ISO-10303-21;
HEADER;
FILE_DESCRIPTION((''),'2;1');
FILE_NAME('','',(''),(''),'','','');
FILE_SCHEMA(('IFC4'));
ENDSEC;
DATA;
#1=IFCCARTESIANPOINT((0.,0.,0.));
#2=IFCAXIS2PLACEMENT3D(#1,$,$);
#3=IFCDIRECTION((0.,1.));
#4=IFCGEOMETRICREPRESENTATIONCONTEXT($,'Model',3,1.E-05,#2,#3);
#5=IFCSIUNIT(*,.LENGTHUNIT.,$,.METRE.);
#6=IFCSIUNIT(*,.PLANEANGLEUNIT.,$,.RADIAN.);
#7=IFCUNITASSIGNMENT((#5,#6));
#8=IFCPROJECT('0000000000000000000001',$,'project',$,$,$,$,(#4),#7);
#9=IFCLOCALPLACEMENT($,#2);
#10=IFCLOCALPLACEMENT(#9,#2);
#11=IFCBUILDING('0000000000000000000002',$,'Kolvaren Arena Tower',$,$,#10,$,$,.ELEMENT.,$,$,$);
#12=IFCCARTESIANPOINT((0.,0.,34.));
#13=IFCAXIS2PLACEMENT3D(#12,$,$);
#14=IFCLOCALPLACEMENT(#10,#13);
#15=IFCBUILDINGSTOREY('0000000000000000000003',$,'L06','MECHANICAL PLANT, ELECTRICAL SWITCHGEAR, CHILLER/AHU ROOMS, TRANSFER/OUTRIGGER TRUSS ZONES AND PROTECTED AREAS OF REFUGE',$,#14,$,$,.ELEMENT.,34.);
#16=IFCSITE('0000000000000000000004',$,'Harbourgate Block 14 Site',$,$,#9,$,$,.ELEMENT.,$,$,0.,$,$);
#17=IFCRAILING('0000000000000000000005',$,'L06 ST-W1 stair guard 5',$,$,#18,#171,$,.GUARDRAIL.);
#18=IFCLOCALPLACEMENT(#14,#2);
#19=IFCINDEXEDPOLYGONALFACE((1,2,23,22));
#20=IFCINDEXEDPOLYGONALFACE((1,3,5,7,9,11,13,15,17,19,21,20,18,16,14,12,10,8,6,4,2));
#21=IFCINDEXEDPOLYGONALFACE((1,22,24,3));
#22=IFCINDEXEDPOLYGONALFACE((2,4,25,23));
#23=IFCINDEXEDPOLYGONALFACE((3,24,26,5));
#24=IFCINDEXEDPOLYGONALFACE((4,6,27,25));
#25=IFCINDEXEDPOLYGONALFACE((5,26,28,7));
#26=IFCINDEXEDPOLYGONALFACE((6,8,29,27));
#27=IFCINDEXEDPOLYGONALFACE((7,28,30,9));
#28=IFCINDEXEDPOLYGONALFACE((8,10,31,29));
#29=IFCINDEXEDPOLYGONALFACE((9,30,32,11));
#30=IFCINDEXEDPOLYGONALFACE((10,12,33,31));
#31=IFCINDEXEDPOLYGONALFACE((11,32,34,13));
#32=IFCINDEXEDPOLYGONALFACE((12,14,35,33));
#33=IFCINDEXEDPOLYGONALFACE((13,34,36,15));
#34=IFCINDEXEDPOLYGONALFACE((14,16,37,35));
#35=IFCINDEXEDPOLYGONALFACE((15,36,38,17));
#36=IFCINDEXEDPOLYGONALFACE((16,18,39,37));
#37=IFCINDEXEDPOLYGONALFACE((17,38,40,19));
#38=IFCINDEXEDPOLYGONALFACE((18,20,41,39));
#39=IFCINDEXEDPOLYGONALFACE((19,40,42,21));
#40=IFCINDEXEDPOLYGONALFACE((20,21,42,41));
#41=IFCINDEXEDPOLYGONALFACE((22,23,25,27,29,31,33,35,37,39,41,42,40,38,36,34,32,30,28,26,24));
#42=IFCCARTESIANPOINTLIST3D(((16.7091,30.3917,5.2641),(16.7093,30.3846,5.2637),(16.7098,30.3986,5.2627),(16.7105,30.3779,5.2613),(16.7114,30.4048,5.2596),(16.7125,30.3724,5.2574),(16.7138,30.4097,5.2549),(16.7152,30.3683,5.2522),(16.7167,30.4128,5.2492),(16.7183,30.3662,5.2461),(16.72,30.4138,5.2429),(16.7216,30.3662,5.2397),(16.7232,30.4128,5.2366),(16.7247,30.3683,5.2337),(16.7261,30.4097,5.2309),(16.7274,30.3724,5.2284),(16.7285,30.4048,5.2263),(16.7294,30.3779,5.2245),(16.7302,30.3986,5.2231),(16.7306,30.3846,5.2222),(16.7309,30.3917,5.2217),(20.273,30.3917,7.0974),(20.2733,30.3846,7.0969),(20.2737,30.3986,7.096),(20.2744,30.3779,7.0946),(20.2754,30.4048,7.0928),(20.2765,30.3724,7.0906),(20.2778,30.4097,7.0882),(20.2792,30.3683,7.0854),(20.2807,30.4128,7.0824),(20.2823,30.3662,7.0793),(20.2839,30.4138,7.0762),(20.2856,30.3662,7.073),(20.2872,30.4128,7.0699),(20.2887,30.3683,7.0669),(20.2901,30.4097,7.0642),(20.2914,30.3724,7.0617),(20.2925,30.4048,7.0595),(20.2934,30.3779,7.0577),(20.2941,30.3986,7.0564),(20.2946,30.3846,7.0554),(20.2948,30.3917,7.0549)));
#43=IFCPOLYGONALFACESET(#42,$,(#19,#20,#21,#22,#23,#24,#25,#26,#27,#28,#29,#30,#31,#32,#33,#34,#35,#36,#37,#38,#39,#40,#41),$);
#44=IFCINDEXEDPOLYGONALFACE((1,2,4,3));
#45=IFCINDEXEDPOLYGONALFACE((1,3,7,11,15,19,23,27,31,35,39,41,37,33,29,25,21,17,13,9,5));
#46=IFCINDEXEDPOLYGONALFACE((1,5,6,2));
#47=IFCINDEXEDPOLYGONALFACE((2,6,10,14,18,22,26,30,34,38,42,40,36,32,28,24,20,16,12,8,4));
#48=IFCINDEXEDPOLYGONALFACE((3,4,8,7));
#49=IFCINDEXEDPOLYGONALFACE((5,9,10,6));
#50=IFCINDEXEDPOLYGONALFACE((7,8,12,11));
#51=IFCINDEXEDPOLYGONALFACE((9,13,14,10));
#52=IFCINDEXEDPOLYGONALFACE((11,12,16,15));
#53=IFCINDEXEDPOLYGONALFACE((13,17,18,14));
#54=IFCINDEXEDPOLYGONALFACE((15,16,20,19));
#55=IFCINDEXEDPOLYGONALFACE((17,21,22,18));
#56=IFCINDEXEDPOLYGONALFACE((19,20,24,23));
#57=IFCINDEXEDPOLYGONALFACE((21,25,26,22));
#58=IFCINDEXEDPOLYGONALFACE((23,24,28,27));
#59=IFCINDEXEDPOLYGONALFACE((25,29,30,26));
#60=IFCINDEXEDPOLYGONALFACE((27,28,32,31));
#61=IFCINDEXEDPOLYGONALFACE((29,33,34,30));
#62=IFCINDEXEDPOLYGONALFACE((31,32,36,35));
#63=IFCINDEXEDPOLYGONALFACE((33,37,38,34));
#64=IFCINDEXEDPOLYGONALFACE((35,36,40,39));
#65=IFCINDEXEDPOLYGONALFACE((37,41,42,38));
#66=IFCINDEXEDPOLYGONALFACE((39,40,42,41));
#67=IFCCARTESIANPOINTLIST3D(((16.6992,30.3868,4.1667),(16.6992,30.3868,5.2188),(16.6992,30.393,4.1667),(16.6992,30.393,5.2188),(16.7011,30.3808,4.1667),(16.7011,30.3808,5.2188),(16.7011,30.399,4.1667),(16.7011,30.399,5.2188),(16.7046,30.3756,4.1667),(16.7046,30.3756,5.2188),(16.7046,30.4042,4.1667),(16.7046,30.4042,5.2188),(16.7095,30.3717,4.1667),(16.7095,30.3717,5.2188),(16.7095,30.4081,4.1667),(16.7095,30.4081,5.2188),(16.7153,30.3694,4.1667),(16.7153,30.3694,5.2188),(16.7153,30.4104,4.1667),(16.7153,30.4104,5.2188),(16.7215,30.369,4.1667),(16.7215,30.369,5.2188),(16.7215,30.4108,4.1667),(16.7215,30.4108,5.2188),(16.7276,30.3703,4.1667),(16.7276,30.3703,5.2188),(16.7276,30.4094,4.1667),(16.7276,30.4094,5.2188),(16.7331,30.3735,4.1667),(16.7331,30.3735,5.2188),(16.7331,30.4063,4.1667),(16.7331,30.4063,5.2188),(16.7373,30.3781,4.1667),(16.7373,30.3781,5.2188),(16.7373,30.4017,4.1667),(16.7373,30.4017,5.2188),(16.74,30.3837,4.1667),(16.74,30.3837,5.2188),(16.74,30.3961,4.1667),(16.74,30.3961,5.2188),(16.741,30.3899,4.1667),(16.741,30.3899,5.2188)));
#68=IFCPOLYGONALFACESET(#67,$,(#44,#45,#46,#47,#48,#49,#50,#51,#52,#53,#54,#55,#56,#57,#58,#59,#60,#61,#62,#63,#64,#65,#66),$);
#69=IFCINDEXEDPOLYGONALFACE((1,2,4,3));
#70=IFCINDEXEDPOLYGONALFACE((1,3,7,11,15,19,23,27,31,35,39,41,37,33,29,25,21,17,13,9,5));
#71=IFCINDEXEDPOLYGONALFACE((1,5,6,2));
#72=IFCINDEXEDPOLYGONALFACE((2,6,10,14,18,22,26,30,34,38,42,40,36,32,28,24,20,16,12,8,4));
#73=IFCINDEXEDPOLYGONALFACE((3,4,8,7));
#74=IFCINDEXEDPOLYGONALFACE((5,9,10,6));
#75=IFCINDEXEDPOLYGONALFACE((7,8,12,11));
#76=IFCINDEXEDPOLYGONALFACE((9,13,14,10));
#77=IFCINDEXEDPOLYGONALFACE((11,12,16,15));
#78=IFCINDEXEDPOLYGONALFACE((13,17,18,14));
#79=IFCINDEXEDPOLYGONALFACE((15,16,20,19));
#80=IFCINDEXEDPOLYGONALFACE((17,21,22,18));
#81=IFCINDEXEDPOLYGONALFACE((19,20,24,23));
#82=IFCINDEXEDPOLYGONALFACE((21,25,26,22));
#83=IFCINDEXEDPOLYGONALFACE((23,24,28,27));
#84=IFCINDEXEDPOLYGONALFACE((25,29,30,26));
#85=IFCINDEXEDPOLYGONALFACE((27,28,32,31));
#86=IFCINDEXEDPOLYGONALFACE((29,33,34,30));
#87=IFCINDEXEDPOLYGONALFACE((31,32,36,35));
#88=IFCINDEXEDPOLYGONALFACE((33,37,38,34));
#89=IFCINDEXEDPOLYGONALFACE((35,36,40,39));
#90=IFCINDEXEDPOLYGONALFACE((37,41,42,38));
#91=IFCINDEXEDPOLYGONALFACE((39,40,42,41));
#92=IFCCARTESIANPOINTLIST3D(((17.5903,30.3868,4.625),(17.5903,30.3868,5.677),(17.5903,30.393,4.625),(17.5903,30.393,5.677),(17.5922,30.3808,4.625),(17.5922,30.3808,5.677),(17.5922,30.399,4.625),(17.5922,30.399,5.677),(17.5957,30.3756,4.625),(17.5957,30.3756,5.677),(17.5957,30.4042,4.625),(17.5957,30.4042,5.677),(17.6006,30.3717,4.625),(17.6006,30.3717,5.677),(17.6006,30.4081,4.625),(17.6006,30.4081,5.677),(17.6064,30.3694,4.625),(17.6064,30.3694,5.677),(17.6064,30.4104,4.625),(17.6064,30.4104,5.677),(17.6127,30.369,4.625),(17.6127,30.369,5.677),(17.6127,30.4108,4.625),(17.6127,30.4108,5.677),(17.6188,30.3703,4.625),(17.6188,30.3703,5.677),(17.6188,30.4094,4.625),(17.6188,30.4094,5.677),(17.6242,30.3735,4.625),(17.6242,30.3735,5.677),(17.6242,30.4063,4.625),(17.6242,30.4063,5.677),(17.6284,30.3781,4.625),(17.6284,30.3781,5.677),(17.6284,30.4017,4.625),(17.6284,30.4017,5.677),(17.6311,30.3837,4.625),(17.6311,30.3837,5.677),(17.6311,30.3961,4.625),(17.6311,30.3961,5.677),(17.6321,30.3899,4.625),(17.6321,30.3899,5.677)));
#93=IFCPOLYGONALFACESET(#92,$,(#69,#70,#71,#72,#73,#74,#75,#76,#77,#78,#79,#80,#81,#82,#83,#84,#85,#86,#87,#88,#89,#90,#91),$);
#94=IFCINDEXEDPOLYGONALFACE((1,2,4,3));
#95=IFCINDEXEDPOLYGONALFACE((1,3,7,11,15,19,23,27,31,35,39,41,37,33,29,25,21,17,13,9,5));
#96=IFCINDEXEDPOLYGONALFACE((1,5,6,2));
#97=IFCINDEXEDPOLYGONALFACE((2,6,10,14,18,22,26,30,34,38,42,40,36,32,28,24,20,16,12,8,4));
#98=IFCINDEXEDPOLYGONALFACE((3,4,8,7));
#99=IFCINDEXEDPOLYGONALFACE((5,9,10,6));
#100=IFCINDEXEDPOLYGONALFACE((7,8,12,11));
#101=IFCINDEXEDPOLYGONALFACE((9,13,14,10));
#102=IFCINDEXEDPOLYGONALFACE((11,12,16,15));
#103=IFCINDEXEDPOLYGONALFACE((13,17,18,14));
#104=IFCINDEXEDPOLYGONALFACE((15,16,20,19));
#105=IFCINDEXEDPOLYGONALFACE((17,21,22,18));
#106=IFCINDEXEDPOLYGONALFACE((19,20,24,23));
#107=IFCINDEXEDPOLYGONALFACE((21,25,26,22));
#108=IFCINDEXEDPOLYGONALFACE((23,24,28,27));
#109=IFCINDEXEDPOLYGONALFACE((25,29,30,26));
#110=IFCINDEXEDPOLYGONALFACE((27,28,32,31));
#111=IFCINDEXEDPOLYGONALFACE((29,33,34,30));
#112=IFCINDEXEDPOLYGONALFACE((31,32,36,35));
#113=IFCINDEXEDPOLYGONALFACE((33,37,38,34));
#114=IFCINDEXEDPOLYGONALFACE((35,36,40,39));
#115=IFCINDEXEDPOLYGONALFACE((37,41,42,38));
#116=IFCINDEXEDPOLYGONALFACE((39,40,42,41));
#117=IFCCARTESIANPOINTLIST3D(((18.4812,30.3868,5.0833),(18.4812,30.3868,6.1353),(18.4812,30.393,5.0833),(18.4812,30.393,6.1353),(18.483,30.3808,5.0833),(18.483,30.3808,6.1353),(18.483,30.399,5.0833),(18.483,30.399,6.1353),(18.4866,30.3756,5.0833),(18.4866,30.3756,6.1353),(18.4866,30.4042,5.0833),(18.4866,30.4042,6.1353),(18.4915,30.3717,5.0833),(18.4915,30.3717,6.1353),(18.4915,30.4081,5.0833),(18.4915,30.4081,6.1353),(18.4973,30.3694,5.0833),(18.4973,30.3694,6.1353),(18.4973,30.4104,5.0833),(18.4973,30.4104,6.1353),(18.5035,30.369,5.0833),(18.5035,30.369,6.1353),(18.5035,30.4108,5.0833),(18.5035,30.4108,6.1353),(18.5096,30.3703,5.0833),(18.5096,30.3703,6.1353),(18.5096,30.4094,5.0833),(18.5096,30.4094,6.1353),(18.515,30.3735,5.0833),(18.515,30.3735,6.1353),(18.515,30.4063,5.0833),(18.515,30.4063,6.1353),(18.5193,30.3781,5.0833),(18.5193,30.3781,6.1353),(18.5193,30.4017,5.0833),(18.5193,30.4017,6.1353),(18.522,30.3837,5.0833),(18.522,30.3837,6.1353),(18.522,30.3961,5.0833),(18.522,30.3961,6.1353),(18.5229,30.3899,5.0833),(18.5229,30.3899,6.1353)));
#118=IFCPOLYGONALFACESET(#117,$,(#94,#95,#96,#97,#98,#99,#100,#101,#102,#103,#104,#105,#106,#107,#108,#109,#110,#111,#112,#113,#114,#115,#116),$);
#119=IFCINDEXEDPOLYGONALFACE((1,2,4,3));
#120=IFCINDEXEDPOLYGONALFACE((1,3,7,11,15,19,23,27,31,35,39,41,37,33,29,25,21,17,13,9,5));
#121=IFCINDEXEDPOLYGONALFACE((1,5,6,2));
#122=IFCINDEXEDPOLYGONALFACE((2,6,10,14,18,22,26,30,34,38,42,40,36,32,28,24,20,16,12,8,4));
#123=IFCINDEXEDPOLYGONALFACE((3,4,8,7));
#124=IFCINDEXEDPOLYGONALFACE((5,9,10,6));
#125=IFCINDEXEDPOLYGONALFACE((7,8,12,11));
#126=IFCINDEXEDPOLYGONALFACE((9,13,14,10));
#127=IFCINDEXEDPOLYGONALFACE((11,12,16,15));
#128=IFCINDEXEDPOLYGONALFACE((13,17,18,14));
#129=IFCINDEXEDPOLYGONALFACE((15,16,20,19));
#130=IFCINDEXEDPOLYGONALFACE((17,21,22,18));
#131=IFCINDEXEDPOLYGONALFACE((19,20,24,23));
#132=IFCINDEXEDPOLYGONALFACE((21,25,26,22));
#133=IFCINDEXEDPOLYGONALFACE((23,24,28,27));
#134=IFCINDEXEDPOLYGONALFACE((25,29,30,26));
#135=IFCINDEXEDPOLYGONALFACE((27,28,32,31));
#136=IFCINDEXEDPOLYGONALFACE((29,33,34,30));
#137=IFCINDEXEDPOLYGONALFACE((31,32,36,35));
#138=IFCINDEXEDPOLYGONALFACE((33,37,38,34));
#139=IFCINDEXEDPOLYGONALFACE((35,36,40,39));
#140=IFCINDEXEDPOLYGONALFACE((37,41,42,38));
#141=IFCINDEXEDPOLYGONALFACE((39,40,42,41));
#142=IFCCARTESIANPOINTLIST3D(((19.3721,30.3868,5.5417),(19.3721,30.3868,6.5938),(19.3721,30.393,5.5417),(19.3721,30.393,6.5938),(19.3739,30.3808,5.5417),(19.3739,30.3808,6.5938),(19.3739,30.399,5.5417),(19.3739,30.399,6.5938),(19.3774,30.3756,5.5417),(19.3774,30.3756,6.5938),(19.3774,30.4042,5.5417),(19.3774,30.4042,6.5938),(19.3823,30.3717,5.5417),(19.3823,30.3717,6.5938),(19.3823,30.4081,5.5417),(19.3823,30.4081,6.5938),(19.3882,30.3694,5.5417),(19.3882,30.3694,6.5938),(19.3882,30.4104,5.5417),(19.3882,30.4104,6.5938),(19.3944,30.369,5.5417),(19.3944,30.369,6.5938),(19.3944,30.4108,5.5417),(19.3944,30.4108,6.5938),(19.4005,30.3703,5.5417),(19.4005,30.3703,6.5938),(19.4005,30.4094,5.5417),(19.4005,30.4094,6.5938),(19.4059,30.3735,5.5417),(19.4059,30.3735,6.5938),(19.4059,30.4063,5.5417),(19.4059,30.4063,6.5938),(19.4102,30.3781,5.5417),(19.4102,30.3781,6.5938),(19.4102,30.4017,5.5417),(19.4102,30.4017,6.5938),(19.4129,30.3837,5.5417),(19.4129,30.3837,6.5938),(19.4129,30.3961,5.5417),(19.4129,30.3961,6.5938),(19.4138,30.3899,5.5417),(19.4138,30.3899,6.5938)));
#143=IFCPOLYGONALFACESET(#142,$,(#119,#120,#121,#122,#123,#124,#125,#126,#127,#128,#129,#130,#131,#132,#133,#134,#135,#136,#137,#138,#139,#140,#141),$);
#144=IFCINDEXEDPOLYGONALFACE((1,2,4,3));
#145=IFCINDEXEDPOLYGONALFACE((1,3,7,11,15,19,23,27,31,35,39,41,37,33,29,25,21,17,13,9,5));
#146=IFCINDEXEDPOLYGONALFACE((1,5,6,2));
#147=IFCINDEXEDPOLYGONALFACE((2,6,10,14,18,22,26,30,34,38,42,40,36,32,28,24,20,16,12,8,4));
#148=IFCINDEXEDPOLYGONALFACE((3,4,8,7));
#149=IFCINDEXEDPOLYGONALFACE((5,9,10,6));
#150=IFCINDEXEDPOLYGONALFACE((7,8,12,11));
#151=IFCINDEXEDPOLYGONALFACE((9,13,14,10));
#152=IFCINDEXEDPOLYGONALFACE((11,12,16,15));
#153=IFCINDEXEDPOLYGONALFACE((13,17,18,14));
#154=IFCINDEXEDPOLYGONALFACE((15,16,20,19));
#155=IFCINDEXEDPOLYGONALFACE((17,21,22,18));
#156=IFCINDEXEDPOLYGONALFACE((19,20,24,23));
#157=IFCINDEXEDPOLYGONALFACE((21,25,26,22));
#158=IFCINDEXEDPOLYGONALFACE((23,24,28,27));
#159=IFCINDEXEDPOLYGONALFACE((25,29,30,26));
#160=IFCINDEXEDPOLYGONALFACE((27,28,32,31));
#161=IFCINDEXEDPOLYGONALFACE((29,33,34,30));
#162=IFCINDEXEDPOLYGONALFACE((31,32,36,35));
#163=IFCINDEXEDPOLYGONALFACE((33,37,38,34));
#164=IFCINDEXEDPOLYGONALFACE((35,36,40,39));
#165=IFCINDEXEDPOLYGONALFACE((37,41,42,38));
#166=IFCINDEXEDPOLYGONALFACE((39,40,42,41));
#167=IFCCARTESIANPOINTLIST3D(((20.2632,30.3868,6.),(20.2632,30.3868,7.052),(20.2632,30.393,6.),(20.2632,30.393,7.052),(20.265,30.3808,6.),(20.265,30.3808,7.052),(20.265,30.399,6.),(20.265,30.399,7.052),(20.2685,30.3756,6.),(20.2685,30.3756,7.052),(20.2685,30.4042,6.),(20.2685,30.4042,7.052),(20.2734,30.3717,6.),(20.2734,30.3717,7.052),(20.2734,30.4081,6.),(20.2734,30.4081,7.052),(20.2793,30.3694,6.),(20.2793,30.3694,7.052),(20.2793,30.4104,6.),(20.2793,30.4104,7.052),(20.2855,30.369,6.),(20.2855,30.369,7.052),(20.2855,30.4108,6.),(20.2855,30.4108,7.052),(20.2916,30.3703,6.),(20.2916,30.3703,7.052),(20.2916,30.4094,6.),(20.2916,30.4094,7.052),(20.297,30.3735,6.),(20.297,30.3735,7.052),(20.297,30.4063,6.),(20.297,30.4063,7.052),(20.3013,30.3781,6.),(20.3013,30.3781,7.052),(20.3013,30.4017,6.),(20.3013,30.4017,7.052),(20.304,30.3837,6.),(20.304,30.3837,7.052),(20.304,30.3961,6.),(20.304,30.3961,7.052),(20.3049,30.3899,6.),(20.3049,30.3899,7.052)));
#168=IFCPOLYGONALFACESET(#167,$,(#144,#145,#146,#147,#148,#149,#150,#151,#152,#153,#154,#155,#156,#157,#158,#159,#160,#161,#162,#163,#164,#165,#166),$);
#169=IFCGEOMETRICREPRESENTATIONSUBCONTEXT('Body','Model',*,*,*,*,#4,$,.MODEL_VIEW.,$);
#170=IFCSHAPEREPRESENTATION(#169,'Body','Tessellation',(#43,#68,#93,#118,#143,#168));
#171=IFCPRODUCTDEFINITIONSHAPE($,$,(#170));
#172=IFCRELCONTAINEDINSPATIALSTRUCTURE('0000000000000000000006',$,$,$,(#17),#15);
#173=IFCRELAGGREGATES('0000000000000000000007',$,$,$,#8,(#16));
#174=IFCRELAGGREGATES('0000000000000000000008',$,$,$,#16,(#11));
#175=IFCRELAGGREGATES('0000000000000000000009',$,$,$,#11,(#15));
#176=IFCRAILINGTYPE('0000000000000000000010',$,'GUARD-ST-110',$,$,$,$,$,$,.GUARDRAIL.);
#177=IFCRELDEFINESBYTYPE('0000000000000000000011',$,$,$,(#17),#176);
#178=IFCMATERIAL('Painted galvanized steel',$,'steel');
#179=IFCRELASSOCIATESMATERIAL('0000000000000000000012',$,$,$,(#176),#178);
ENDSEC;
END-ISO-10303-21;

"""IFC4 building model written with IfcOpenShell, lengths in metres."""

from ifc_helpers import new_model, si_unit, direction, frame, origin, origin_2d, place, context, subcontext, project, spatial, circle, extrude, material, type_object, element, save


model = new_model("IFC4")

# Units and contexts
model_context = context("Model", 3, precision=1e-05, world=origin(), true_north=direction((0.0, 1.0)))
body_context = subcontext(model_context, "Body", "Model", "MODEL_VIEW")
ifc_project = project(units=[si_unit("LENGTHUNIT", "METRE"), si_unit("PLANEANGLEUNIT", "RADIAN")], contexts=[model_context])

# Site, building, storey
site_placement = place(None, origin())
site = spatial("IfcSite", under=ifc_project, at=site_placement, Name="Harbourgate Block 14 Site", CompositionType="ELEMENT", RefElevation=0.0)
building_placement = place(site_placement, origin())
building = spatial("IfcBuilding", under=site, at=building_placement, Name="Kolvaren Arena Tower", CompositionType="ELEMENT")
storey_placement = place(building_placement, frame((0.0, 0.0, 34.0)))
storey = spatial("IfcBuildingStorey", under=building, at=storey_placement, Name="L06", Description="MECHANICAL PLANT, ELECTRICAL SWITCHGEAR, CHILLER/AHU ROOMS, TRANSFER/OUTRIGGER TRUSS ZONES AND PROTECTED AREAS OF REFUGE", CompositionType="ELEMENT", Elevation=34.0)

# Railing
ifc_material_1 = material(Name="Painted galvanized steel", Category="steel")
railing_type_1 = type_object("IfcRailingType", Name="GUARD-ST-110", PredefinedType="GUARDRAIL", material=ifc_material_1)
railing_1_placement = place(storey_placement, frame((16.72, 30.3899, 4.1667)))
element("IfcRailing", 1, at=railing_1_placement, inside=storey, type_object=railing_type_1, Name="L06 ST-W1 stair guard 5", PredefinedType="GUARDRAIL", context=body_context, shape_type="SweptSolid", body=[
    extrude(circle(Radius=0.0239, at=origin_2d()), frame((0.0, 0.0, 1.0762), z_axis=(0.889252, 0.0, 0.457418), x_axis=(0.0, 1.0, 0.0)), (0.0, 0.0, 1.0), 4.0078),
    extrude(circle(Radius=0.021, at=origin_2d()), origin(), (0.0, 0.0, 1.0), 1.052),
    extrude(circle(Radius=0.021, at=origin_2d()), frame((0.8911, 0.0, 0.4583)), (0.0, 0.0, 1.0), 1.052),
    extrude(circle(Radius=0.021, at=origin_2d()), frame((1.782, 0.0, 0.9165)), (0.0, 0.0, 1.0), 1.052),
    extrude(circle(Radius=0.021, at=origin_2d()), frame((2.6729, 0.0, 1.375)), (0.0, 0.0, 1.0), 1.052),
    extrude(circle(Radius=0.021, at=origin_2d()), frame((3.564, 0.0, 1.8333)), (0.0, 0.0, 1.0), 1.052),
])

save(model, "model.ifc")
